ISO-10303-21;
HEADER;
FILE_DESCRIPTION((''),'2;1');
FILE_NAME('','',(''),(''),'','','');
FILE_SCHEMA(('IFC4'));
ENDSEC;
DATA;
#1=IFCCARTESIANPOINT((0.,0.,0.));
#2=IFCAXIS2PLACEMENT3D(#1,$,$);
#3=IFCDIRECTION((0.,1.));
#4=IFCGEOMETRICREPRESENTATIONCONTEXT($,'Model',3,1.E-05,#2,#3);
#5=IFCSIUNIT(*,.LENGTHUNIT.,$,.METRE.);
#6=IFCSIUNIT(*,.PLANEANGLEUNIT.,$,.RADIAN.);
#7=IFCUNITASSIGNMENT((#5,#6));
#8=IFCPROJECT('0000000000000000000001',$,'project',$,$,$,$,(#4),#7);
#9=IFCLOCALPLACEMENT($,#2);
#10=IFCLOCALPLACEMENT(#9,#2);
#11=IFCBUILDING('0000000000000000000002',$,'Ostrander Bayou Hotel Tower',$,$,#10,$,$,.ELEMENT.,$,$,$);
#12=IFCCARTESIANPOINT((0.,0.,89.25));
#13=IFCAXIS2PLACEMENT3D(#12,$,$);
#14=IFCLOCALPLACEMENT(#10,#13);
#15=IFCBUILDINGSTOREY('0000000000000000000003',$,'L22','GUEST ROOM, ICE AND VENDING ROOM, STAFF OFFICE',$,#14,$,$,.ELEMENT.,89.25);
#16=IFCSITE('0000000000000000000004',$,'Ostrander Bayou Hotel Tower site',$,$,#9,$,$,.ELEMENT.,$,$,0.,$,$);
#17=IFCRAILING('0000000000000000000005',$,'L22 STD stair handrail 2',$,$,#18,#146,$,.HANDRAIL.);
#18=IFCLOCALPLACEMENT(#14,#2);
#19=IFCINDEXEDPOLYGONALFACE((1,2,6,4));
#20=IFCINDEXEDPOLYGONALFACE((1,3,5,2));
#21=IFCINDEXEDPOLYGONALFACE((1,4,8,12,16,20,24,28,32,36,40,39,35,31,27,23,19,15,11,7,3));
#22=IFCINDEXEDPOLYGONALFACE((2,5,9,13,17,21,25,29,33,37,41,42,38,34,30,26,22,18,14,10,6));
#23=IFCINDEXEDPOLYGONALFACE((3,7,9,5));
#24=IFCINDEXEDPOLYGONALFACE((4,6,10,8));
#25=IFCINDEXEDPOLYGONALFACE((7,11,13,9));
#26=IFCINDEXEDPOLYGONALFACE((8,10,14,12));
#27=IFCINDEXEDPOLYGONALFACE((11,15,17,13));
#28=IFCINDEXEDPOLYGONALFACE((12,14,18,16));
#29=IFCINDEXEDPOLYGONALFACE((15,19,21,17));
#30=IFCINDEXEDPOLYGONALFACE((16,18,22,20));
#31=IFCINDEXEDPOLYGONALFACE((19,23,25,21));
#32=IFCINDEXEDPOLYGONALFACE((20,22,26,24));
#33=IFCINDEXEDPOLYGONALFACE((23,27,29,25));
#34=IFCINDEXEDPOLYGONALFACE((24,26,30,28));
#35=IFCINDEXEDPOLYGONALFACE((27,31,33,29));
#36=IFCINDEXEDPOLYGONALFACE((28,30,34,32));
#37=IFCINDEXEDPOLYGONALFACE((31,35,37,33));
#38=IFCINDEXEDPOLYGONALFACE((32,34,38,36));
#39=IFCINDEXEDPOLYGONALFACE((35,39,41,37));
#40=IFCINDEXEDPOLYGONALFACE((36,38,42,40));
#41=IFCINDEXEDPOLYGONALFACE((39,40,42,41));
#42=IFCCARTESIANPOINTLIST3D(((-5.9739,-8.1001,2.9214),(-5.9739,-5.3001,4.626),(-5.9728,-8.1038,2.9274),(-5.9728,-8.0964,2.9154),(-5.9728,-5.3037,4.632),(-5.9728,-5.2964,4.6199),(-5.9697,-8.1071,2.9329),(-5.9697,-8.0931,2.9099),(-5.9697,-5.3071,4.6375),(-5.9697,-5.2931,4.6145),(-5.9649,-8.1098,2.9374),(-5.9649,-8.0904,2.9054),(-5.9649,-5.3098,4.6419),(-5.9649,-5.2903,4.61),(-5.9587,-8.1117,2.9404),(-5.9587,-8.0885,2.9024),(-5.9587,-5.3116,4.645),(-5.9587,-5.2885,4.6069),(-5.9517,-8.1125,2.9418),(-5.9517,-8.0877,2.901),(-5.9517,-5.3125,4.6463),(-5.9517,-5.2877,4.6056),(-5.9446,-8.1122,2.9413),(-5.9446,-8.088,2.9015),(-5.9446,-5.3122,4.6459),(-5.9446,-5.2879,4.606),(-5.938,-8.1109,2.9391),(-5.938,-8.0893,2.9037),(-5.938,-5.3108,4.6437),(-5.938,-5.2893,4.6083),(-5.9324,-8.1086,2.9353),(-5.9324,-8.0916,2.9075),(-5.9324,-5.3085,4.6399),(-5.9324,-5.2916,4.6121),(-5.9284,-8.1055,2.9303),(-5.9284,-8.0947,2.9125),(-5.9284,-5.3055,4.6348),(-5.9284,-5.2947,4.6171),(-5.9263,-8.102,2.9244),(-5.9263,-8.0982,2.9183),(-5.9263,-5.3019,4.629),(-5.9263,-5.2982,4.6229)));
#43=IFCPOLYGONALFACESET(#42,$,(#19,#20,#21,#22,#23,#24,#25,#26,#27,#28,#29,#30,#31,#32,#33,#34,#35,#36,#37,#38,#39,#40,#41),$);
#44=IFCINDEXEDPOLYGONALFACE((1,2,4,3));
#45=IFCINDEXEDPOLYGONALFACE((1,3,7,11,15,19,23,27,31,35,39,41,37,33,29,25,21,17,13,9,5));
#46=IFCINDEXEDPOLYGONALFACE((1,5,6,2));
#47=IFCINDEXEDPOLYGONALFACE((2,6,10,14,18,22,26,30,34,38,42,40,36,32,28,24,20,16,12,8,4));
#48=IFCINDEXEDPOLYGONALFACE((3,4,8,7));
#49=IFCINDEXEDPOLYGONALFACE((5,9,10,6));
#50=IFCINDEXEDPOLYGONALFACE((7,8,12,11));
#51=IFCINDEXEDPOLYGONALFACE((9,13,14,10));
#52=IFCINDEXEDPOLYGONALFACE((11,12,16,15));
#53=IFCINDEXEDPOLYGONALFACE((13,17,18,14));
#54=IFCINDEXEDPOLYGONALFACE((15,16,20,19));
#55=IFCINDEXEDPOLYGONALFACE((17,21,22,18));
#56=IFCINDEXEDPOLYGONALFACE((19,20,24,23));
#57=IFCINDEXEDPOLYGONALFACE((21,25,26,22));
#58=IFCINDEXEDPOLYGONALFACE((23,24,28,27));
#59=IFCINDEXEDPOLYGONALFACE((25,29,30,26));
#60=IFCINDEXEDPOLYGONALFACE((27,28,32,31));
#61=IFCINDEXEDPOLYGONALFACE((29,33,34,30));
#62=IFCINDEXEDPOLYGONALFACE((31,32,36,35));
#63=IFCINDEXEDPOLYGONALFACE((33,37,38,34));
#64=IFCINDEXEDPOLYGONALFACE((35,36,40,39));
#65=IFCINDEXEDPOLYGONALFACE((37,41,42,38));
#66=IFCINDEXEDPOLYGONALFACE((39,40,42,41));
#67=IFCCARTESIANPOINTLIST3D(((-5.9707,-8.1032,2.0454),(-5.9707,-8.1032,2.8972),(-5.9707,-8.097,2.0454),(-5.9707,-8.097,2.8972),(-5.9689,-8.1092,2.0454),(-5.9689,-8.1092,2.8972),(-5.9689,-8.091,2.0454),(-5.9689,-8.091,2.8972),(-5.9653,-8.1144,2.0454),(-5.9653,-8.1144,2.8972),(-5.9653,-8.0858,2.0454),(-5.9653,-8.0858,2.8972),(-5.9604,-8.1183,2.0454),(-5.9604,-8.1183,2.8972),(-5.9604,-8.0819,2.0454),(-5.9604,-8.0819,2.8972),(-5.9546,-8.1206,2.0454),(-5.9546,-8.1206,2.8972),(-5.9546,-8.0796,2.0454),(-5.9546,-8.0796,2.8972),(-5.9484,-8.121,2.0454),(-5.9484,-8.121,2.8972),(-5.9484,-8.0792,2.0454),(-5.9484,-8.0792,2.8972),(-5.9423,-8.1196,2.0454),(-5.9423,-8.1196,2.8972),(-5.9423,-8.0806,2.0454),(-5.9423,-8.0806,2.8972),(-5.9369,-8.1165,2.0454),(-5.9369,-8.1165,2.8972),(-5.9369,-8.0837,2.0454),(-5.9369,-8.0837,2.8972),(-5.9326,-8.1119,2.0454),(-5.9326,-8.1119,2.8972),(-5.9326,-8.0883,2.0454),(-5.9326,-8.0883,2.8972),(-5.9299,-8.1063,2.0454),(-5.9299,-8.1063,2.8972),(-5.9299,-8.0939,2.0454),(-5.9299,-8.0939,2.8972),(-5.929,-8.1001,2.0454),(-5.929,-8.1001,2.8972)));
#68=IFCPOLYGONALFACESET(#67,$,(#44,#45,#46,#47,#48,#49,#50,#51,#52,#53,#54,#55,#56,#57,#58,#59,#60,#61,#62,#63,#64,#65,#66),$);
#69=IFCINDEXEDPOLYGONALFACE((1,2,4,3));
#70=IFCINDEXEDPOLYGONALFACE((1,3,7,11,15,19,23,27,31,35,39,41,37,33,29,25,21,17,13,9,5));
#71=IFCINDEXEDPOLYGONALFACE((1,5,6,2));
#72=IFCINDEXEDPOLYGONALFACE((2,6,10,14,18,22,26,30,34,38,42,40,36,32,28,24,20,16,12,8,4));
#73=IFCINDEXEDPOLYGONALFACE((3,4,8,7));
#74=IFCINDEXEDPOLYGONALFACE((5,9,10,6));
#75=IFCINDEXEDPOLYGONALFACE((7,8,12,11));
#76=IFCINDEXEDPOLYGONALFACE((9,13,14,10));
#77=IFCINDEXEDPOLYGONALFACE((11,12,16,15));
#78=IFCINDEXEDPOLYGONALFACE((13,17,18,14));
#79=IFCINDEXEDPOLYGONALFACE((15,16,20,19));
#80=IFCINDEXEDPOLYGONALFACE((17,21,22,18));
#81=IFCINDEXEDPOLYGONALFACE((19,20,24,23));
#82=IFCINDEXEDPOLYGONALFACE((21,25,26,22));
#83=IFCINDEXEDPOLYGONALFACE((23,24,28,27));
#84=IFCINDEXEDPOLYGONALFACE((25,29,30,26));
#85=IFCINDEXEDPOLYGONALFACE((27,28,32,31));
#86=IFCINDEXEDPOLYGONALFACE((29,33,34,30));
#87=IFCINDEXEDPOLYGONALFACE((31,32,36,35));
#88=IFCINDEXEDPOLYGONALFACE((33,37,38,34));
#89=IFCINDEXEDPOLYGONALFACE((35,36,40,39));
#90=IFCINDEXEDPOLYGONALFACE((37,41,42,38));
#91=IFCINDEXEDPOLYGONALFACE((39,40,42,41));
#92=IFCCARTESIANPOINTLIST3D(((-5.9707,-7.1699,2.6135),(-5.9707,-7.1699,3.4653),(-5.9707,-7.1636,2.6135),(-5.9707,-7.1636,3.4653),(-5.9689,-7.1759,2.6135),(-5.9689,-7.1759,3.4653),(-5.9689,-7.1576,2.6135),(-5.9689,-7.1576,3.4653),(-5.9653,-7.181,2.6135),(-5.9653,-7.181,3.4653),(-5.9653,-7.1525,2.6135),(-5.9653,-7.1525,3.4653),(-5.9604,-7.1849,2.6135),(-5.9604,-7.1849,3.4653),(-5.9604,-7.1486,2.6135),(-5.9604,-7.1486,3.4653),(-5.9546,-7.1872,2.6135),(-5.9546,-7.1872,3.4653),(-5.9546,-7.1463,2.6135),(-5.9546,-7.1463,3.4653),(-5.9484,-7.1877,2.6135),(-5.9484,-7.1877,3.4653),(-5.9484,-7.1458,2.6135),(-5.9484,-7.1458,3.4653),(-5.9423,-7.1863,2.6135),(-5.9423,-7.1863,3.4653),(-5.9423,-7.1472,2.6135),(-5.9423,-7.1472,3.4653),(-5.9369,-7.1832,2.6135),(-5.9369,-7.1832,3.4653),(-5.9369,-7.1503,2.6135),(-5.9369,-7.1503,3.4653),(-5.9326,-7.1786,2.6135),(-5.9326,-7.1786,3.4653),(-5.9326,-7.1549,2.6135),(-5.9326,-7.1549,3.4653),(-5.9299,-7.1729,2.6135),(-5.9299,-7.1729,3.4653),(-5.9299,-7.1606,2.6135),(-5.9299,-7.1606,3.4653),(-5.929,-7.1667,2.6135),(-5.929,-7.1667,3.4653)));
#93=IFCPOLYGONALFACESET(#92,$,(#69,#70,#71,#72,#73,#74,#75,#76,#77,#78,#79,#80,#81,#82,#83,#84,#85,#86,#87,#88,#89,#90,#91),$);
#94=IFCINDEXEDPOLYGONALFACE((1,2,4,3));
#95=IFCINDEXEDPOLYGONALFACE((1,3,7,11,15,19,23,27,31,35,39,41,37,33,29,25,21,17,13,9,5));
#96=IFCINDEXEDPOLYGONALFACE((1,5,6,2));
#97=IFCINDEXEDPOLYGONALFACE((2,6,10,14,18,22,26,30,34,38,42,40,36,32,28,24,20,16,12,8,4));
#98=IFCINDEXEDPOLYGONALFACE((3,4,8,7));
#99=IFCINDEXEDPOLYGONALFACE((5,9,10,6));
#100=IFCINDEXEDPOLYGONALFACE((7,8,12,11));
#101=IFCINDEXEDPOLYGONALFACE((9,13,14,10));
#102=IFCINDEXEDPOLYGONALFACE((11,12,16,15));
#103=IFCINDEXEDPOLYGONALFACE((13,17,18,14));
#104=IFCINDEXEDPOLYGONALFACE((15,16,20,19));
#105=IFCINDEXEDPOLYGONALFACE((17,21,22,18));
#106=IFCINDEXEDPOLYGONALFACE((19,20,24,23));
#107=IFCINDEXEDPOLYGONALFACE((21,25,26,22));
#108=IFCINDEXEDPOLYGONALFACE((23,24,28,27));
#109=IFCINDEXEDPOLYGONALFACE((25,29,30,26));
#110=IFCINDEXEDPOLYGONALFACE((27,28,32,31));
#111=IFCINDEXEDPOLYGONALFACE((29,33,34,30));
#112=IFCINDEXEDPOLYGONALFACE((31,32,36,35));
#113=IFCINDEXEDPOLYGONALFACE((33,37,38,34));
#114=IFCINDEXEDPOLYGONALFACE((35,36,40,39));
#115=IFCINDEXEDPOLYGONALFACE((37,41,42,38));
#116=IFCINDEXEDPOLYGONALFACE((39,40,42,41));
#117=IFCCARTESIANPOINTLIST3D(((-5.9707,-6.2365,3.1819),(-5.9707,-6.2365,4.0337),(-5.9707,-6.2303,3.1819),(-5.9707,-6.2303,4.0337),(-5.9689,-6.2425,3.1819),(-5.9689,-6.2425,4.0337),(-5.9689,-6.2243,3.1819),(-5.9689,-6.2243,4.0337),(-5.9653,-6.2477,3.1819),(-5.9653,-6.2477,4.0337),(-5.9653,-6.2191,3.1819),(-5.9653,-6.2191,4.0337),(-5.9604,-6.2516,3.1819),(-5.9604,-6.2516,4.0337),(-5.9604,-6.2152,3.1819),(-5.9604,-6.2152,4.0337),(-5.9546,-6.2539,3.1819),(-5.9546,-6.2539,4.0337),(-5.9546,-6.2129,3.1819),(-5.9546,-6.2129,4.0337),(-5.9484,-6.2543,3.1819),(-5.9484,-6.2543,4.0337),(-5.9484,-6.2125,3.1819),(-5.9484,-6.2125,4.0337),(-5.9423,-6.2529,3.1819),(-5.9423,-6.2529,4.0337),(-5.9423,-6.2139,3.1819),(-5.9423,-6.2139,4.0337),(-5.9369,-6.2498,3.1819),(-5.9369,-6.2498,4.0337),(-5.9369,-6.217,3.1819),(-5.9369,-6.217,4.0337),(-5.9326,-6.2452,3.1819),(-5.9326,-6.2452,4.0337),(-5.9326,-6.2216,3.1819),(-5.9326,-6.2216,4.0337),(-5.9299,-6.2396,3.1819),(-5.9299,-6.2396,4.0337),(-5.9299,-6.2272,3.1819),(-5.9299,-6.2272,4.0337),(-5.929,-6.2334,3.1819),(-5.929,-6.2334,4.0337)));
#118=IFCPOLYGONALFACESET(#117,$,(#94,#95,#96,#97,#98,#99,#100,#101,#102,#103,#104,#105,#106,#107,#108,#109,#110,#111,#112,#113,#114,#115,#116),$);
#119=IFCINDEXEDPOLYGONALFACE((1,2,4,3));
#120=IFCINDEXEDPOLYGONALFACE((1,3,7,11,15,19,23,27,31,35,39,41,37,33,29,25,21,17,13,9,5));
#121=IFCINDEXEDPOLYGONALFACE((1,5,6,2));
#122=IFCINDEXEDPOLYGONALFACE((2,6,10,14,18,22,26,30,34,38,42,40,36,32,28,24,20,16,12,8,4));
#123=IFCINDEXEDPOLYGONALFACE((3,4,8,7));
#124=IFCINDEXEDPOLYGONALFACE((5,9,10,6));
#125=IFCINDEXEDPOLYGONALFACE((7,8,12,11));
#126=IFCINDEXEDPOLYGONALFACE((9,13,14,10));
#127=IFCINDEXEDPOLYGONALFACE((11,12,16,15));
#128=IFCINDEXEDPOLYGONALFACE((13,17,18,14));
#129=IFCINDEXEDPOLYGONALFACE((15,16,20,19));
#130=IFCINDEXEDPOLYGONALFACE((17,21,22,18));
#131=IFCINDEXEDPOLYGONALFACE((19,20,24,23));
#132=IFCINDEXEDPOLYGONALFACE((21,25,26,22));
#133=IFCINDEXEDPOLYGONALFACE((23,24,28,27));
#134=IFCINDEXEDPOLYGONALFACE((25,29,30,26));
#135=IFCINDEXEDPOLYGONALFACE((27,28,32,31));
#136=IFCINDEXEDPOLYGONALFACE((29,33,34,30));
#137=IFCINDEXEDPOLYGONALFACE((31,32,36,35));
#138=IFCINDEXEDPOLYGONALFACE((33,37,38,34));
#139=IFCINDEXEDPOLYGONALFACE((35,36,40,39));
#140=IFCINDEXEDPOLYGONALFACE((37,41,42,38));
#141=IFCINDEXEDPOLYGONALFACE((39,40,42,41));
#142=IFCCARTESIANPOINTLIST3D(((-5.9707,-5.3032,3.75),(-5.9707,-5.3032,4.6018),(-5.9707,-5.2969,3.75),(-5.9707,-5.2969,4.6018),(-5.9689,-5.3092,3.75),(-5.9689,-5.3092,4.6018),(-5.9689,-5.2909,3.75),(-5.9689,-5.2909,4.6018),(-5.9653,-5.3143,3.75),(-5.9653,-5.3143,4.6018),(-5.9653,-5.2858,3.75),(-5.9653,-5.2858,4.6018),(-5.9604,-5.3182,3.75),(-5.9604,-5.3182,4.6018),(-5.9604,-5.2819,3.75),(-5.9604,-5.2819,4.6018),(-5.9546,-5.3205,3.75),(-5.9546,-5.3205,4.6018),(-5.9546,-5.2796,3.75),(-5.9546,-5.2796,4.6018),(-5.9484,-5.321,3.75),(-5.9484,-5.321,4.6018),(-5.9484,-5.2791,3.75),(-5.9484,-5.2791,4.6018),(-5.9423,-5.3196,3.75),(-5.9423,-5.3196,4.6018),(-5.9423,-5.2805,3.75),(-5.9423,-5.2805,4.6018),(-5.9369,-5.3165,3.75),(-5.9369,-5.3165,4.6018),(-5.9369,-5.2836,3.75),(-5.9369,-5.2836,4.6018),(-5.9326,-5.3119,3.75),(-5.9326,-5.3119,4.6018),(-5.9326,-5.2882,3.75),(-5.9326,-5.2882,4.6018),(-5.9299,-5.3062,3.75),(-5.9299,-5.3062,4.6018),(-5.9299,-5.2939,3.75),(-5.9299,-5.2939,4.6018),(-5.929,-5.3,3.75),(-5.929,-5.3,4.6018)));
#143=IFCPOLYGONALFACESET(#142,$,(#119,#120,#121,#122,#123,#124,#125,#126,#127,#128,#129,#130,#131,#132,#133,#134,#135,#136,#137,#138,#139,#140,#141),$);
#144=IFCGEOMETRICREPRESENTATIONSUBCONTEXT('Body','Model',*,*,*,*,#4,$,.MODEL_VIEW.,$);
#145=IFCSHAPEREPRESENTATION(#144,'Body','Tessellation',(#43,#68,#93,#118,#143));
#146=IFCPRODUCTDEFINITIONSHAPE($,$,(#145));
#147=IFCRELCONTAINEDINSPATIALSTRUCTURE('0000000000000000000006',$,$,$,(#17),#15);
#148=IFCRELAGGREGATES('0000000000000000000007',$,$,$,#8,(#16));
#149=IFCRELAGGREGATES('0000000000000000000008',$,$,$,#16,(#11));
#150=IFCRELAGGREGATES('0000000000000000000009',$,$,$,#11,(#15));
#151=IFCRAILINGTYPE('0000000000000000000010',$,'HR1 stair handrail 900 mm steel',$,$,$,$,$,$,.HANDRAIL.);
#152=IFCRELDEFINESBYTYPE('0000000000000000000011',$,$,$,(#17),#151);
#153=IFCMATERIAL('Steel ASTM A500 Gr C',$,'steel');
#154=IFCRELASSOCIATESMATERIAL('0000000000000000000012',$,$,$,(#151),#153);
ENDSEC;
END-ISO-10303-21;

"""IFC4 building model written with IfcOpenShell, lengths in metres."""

from ifc_helpers import new_model, si_unit, direction, frame, origin, origin_2d, place, context, subcontext, project, spatial, circle, extrude, material, type_object, element, save


model = new_model("IFC4")

# Units and contexts
model_context = context("Model", 3, precision=1e-05, world=origin(), true_north=direction((0.0, 1.0)))
body_context = subcontext(model_context, "Body", "Model", "MODEL_VIEW")
ifc_project = project(units=[si_unit("LENGTHUNIT", "METRE"), si_unit("PLANEANGLEUNIT", "RADIAN")], contexts=[model_context])

# Site, building, storey
site_placement = place(None, origin())
site = spatial("IfcSite", under=ifc_project, at=site_placement, Name="Ostrander Bayou Hotel Tower site", CompositionType="ELEMENT", RefElevation=0.0)
building_placement = place(site_placement, origin())
building = spatial("IfcBuilding", under=site, at=building_placement, Name="Ostrander Bayou Hotel Tower", CompositionType="ELEMENT")
storey_placement = place(building_placement, frame((0.0, 0.0, 89.25)))
storey = spatial("IfcBuildingStorey", under=building, at=storey_placement, Name="L22", Description="GUEST ROOM, ICE AND VENDING ROOM, STAFF OFFICE", CompositionType="ELEMENT", Elevation=89.25)

# Railing
ifc_material_1 = material(Name="Steel ASTM A500 Gr C", Category="steel")
railing_type_1 = type_object("IfcRailingType", Name="HR1 stair handrail 900 mm steel", PredefinedType="HANDRAIL", material=ifc_material_1)
railing_1_placement = place(storey_placement, frame((-5.95, -8.1001, 2.0454)))
element("IfcRailing", 1, at=railing_1_placement, inside=storey, type_object=railing_type_1, Name="L22 STD stair handrail 2", PredefinedType="HANDRAIL", context=body_context, shape_type="SweptSolid", body=[
    extrude(circle(Radius=0.0239, at=origin_2d()), frame((0.0, 0.0, 0.876), z_axis=(0.0, 0.85417, 0.519994), x_axis=(-1.0, 0.0, 0.0)), (0.0, 0.0, 1.0), 3.2781),
    extrude(circle(Radius=0.021, at=origin_2d()), origin(), (0.0, 0.0, 1.0), 0.8518),
    extrude(circle(Radius=0.021, at=origin_2d()), frame((0.0, 0.9333, 0.5681)), (0.0, 0.0, 1.0), 0.8518),
    extrude(circle(Radius=0.021, at=origin_2d()), frame((0.0, 1.8667, 1.1365)), (0.0, 0.0, 1.0), 0.8518),
    extrude(circle(Radius=0.021, at=origin_2d()), frame((0.0, 2.8, 1.7046)), (0.0, 0.0, 1.0), 0.8518),
])

save(model, "model.ifc")
